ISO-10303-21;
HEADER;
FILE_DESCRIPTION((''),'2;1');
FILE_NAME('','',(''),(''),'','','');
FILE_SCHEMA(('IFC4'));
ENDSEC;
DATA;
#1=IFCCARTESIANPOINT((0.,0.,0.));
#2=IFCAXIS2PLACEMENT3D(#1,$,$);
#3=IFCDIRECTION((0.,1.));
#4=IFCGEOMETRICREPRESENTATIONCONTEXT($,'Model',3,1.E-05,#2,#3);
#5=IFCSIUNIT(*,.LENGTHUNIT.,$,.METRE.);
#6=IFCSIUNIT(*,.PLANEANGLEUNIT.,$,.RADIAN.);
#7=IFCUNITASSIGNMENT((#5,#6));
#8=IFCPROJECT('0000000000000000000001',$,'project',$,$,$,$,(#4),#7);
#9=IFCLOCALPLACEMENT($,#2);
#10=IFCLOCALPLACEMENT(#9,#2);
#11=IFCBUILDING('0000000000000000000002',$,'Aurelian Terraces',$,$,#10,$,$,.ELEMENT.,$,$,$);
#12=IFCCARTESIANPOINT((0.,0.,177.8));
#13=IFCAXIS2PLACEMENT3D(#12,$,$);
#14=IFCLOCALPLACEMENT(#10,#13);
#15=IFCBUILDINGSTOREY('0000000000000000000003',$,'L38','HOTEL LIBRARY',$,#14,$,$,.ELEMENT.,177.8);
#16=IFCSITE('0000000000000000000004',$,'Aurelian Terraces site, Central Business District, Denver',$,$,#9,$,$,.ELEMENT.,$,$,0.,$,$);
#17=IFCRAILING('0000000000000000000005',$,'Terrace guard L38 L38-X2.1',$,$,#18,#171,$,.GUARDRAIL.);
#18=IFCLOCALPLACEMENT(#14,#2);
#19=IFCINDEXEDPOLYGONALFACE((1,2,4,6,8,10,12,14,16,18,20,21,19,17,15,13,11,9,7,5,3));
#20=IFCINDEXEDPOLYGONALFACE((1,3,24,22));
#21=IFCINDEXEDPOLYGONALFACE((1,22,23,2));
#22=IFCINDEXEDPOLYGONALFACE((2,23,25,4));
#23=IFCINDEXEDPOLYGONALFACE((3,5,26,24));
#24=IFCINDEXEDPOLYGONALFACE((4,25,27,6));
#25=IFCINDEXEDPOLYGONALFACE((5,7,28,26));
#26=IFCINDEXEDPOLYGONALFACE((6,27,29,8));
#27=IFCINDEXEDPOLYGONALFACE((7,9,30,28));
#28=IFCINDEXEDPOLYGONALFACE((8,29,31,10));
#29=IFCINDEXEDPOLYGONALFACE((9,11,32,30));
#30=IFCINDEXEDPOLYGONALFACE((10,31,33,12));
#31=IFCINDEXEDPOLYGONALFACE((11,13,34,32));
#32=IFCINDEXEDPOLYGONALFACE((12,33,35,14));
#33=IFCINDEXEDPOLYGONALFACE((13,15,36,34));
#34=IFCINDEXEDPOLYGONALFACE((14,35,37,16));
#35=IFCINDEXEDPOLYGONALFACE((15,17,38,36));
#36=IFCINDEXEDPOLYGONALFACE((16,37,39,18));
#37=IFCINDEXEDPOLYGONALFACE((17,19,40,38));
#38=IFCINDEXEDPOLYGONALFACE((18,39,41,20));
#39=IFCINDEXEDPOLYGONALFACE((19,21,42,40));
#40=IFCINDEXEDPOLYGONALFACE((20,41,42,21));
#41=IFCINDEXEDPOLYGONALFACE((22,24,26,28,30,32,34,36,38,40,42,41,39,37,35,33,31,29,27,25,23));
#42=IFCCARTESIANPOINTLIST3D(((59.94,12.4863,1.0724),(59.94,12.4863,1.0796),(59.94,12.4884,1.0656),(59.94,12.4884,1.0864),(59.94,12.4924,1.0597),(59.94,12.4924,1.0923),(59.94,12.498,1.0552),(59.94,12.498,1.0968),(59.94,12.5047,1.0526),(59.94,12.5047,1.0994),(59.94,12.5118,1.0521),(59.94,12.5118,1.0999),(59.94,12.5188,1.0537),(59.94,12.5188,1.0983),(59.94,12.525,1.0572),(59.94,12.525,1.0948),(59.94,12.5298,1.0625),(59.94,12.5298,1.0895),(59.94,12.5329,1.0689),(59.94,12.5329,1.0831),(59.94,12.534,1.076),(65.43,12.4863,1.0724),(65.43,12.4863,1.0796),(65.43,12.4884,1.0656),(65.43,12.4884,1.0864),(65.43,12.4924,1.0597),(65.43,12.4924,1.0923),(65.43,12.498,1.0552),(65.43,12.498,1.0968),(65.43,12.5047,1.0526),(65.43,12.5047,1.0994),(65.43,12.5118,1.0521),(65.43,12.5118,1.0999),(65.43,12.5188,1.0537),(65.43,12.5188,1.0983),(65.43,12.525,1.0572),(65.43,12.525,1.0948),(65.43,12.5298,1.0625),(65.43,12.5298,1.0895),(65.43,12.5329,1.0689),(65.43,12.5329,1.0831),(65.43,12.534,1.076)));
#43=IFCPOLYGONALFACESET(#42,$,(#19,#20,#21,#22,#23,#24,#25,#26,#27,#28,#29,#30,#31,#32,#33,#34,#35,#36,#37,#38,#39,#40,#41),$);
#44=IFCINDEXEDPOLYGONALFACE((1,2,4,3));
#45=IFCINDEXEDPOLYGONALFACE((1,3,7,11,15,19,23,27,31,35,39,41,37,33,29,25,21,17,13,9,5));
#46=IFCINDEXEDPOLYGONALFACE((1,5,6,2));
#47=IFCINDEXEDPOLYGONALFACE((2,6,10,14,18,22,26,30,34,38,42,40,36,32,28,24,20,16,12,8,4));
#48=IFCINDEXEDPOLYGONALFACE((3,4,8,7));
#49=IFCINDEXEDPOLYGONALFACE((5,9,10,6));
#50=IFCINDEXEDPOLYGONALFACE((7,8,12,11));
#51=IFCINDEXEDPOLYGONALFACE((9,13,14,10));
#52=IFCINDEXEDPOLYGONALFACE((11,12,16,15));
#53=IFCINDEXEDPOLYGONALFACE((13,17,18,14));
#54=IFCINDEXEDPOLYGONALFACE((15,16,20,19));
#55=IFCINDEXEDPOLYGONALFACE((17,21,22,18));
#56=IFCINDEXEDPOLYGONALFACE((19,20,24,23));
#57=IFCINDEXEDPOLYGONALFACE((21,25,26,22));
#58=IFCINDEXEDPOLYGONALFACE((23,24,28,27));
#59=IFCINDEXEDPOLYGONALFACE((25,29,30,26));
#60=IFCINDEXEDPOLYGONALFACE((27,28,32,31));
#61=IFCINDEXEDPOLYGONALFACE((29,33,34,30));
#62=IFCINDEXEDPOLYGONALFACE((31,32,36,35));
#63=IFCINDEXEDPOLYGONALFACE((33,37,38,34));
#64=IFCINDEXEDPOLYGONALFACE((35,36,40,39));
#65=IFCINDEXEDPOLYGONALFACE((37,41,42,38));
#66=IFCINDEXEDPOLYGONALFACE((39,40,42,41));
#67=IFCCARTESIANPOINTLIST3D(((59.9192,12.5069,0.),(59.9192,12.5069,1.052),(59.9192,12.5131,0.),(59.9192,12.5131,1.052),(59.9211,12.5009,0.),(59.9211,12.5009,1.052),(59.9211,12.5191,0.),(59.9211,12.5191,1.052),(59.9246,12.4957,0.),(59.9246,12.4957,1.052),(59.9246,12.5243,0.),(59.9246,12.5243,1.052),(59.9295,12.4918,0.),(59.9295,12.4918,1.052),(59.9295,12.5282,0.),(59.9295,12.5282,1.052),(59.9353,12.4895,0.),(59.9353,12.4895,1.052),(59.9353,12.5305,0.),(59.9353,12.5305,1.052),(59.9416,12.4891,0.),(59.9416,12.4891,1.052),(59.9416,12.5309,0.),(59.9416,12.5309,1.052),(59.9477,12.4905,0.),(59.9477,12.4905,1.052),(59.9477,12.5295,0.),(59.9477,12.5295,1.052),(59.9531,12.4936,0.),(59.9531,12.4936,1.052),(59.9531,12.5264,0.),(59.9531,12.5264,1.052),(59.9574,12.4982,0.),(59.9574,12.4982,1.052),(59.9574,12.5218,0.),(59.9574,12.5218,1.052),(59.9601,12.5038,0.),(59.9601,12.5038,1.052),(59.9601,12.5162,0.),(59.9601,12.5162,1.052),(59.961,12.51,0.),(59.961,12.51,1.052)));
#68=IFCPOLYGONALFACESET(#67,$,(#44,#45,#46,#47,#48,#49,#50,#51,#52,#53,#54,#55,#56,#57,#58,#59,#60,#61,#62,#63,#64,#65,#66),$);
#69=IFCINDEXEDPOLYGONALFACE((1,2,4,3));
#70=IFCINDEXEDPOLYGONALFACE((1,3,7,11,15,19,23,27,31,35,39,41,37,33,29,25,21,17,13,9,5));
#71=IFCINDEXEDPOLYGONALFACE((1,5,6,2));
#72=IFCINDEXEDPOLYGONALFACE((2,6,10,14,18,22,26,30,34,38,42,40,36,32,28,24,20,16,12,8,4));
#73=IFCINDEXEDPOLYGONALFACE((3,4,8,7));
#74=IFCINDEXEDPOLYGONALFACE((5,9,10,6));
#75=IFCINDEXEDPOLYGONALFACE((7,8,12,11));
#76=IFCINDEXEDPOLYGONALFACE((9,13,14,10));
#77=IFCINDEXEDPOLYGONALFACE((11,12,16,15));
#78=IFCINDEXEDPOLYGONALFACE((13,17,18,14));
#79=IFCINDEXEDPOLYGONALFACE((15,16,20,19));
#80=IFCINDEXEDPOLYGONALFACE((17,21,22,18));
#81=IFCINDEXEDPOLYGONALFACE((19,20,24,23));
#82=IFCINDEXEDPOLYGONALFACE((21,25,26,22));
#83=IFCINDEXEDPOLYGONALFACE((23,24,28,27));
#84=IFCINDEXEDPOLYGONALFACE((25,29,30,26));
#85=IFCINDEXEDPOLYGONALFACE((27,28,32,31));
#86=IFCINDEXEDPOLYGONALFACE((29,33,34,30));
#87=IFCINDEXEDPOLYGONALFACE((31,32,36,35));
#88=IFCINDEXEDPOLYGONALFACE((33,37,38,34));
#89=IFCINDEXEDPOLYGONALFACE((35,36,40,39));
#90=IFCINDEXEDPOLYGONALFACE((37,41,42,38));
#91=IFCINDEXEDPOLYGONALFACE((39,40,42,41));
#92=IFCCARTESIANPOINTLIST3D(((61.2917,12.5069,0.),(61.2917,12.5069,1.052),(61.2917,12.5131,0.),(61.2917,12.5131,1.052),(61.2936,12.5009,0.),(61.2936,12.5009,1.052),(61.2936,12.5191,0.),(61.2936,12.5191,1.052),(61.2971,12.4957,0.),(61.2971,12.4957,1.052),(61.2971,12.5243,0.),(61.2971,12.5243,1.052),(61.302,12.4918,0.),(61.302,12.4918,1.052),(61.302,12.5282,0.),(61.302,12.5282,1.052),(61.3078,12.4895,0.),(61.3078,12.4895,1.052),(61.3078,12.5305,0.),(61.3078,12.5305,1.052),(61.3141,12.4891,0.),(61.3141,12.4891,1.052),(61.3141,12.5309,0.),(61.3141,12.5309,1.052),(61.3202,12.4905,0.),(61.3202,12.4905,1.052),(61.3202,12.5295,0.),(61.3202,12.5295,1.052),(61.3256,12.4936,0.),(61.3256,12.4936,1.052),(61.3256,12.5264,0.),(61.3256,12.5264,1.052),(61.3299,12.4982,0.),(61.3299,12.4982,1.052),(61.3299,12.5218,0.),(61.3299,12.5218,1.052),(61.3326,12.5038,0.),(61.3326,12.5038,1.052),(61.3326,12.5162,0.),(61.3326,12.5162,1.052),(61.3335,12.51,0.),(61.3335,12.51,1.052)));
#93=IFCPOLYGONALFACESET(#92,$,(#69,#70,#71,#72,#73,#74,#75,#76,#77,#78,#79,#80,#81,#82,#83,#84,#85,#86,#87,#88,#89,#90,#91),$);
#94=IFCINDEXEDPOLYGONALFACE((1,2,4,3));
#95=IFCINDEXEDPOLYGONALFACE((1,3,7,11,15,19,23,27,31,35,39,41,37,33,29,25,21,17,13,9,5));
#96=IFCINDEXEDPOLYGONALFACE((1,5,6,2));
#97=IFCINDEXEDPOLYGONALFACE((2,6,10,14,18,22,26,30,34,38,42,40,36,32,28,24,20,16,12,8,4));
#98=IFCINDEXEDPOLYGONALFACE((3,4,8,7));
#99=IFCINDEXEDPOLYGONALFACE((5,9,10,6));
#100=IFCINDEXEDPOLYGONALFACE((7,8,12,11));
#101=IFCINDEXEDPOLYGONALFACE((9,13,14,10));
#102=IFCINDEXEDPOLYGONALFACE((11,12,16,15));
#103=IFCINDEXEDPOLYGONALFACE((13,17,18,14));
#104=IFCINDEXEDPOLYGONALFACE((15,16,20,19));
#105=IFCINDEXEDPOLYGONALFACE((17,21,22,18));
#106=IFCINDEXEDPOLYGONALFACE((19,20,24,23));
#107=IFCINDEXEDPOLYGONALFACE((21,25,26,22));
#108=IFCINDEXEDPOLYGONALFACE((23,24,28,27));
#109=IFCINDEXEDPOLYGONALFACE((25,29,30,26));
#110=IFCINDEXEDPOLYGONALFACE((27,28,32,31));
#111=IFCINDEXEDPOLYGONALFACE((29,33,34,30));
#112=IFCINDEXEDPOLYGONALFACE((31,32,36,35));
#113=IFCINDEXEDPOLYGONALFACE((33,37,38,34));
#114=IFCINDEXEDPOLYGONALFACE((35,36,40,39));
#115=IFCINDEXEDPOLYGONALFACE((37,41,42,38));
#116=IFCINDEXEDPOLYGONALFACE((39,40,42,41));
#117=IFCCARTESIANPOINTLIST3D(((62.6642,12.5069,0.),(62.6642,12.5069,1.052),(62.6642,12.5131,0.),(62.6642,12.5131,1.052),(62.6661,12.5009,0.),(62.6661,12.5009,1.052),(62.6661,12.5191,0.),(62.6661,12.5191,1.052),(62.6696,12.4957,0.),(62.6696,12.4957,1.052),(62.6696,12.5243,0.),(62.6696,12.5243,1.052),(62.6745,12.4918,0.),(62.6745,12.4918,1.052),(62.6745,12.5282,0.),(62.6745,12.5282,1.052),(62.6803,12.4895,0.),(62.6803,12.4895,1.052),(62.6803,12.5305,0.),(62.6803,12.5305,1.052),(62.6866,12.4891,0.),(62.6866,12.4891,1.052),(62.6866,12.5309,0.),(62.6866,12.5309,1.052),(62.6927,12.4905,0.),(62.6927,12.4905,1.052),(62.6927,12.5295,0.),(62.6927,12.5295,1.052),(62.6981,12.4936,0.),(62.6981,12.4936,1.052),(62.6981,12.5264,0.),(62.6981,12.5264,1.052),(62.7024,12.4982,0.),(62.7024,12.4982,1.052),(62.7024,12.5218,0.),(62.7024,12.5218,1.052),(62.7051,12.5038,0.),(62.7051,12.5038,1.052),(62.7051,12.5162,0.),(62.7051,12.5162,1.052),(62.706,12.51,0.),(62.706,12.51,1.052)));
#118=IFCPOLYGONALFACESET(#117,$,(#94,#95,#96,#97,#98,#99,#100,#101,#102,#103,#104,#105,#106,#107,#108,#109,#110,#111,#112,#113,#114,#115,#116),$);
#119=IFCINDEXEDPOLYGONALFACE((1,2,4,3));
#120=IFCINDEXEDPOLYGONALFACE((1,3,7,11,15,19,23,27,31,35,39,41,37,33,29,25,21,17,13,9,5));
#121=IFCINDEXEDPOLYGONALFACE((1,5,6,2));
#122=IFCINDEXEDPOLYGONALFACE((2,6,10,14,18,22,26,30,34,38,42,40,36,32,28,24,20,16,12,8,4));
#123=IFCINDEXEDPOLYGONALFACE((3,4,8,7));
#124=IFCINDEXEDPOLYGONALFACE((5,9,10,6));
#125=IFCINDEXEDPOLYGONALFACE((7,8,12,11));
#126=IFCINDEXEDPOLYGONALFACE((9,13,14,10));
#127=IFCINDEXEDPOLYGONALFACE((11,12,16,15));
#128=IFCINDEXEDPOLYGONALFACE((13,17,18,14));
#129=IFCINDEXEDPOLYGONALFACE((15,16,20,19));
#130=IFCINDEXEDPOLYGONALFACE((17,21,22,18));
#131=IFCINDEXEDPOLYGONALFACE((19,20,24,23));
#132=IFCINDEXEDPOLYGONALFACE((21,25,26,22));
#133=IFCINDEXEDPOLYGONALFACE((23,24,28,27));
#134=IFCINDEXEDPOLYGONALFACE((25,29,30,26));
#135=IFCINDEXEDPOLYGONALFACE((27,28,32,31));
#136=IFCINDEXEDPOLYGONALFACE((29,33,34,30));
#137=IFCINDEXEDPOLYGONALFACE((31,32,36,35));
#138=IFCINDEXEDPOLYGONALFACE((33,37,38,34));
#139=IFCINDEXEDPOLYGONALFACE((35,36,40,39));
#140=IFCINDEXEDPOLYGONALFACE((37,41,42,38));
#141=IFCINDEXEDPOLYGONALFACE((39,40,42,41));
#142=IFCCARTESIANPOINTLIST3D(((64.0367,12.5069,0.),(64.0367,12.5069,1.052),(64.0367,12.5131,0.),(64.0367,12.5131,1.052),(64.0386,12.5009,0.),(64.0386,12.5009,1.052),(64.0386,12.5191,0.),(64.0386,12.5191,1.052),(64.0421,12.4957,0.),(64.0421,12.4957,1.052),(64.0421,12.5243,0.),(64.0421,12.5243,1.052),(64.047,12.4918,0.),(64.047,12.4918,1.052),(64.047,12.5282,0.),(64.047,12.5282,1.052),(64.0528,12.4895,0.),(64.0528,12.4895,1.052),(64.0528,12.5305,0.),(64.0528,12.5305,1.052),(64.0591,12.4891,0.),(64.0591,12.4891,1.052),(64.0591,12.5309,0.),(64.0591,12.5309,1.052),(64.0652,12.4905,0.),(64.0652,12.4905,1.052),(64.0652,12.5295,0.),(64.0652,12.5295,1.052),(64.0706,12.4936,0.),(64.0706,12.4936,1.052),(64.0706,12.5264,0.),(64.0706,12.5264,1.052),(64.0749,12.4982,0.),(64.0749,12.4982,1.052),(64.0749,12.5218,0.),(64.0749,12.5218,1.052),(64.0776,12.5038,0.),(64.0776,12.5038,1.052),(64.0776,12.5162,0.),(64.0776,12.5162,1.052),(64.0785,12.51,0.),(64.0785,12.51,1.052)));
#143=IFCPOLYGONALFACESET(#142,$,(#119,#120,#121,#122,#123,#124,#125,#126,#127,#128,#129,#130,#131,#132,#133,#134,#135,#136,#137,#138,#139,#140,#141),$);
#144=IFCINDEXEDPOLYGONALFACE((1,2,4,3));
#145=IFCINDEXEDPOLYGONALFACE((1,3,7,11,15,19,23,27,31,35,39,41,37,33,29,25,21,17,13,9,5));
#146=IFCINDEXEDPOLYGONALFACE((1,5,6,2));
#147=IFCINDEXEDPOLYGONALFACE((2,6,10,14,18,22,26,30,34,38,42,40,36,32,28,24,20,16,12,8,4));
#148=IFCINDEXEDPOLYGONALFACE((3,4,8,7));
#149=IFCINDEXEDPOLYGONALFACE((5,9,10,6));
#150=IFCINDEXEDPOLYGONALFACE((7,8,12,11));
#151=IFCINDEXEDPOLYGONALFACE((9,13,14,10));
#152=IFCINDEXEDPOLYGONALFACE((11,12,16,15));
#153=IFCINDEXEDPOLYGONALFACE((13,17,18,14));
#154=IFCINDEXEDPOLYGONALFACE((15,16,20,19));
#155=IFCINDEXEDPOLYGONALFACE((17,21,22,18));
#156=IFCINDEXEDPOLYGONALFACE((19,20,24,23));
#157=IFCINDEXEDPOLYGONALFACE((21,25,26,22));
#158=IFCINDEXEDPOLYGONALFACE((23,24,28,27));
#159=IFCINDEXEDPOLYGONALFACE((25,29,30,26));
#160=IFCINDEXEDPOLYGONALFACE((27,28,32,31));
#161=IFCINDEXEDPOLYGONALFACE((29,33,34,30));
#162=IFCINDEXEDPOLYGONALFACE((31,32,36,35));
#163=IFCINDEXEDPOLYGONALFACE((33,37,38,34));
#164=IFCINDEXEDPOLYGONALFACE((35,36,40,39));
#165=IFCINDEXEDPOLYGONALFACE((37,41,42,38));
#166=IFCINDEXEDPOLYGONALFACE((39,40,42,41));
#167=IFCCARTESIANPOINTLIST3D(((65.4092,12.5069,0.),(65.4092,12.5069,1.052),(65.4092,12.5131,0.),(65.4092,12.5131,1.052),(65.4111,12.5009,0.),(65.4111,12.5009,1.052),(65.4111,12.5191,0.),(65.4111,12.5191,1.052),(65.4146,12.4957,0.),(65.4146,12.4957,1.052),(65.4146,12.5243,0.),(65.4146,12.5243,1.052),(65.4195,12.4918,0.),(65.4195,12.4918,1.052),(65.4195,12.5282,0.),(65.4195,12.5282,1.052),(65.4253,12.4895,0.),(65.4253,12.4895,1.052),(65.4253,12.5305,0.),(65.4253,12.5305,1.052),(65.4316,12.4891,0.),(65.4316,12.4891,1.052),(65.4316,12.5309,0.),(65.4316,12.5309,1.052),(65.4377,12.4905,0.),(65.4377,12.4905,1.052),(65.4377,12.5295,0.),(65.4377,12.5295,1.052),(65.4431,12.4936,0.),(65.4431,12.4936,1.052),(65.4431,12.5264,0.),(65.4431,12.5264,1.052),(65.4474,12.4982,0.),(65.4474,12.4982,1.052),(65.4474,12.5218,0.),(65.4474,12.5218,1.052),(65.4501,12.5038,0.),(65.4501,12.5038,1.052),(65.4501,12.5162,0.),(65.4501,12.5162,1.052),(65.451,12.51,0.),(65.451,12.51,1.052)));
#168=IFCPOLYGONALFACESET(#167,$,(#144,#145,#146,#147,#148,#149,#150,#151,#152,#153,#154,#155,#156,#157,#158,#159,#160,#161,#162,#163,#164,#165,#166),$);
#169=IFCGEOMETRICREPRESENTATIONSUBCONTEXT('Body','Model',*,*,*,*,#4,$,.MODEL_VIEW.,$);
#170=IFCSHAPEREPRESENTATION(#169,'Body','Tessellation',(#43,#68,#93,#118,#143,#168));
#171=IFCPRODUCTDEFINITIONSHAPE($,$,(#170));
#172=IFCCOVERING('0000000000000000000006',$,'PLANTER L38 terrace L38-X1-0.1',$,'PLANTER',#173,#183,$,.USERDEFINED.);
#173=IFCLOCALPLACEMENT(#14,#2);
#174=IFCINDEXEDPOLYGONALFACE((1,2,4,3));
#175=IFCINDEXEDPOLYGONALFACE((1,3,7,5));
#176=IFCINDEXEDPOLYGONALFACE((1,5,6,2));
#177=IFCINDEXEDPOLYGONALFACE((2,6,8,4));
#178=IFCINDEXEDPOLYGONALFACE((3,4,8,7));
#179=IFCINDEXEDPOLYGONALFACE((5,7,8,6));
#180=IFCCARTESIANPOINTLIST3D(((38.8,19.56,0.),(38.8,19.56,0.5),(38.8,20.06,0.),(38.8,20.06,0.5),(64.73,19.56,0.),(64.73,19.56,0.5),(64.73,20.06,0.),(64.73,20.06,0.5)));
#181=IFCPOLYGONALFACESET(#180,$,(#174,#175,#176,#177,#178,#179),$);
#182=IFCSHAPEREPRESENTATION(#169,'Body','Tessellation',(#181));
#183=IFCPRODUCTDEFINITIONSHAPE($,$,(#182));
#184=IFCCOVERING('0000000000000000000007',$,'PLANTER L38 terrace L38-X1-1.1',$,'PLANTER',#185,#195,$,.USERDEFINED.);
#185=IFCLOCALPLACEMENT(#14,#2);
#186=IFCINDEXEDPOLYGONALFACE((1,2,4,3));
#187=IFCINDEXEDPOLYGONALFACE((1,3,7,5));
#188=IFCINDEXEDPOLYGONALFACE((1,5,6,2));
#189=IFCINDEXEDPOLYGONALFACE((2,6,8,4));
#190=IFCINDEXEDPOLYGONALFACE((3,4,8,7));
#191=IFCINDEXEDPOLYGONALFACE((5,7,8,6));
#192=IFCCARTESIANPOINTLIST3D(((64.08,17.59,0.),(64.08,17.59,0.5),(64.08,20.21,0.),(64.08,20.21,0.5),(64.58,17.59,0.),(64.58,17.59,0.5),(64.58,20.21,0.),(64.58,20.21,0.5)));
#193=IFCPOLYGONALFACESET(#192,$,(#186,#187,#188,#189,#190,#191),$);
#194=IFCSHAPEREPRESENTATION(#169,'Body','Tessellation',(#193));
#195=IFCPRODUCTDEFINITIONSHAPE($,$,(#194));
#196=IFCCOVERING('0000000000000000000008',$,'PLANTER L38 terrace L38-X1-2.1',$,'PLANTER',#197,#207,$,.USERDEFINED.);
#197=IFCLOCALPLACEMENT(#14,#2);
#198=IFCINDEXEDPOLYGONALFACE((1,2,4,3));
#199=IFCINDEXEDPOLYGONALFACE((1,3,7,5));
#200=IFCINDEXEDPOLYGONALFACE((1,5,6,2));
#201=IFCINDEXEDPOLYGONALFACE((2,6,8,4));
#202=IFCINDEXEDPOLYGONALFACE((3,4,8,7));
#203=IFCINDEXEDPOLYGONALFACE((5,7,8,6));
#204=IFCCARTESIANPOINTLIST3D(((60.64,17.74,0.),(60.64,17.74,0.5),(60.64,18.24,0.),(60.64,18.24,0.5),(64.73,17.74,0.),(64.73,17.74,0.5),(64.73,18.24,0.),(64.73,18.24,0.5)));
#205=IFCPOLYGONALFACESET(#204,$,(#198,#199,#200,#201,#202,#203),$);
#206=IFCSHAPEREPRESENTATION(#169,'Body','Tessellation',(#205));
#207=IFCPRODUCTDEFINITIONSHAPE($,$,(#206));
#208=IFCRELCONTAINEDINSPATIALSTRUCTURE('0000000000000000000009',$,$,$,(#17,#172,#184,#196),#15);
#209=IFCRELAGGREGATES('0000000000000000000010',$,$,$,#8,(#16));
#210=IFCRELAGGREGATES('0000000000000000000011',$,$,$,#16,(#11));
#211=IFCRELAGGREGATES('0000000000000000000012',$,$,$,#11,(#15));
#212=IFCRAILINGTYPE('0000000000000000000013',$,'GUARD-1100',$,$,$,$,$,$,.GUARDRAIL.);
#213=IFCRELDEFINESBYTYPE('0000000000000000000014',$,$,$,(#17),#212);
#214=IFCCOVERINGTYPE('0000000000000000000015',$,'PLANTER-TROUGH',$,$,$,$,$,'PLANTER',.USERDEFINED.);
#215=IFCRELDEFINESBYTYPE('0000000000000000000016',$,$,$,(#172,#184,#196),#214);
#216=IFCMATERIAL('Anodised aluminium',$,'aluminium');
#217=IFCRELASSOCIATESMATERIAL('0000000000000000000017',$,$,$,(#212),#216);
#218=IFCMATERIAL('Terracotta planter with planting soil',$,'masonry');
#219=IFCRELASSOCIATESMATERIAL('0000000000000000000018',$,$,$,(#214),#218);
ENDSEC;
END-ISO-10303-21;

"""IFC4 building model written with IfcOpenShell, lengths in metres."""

from ifc_helpers import new_model, si_unit, direction, frame, origin, origin_2d, place, context, subcontext, project, spatial, rectangle, circle, extrude, material, type_object, element, save


model = new_model("IFC4")

# Units and contexts
model_context = context("Model", 3, precision=1e-05, world=origin(), true_north=direction((0.0, 1.0)))
body_context = subcontext(model_context, "Body", "Model", "MODEL_VIEW")
ifc_project = project(units=[si_unit("LENGTHUNIT", "METRE"), si_unit("PLANEANGLEUNIT", "RADIAN")], contexts=[model_context])

# Site, building, storey
site_placement = place(None, origin())
site = spatial("IfcSite", under=ifc_project, at=site_placement, Name="Aurelian Terraces site, Central Business District, Denver", CompositionType="ELEMENT", RefElevation=0.0)
building_placement = place(site_placement, origin())
building = spatial("IfcBuilding", under=site, at=building_placement, Name="Aurelian Terraces", CompositionType="ELEMENT")
storey_placement = place(building_placement, frame((0.0, 0.0, 177.8)))
storey = spatial("IfcBuildingStorey", under=building, at=storey_placement, Name="L38", Description="HOTEL LIBRARY", CompositionType="ELEMENT", Elevation=177.8)

# Railing
ifc_material_1 = material(Name="Anodised aluminium", Category="aluminium")
railing_type = type_object("IfcRailingType", Name="GUARD-1100", PredefinedType="GUARDRAIL", material=ifc_material_1)
railing_1_placement = place(storey_placement, frame((59.94, 12.51, 0.0)))
element("IfcRailing", 1, at=railing_1_placement, inside=storey, type_object=railing_type, Name="Terrace guard L38 L38-X2.1", PredefinedType="GUARDRAIL", context=body_context, shape_type="SweptSolid", body=[
    extrude(circle(Radius=0.024, at=origin_2d()), frame((0.0, 0.0, 1.076), z_axis=(1.0, 0.0, 0.0), x_axis=(0.0, 1.0, 0.0)), (0.0, 0.0, 1.0), 5.49),
    extrude(circle(Radius=0.021, at=origin_2d()), origin(), (0.0, 0.0, 1.0), 1.052),
    extrude(circle(Radius=0.021, at=origin_2d()), frame((1.3725, 0.0, 0.0)), (0.0, 0.0, 1.0), 1.052),
    extrude(circle(Radius=0.021, at=origin_2d()), frame((2.745, 0.0, 0.0)), (0.0, 0.0, 1.0), 1.052),
    extrude(circle(Radius=0.021, at=origin_2d()), frame((4.1175, 0.0, 0.0)), (0.0, 0.0, 1.0), 1.052),
    extrude(circle(Radius=0.021, at=origin_2d()), frame((5.49, 0.0, 0.0)), (0.0, 0.0, 1.0), 1.052),
])

# Coverings
ifc_material_2 = material(Name="Terracotta planter with planting soil", Category="masonry")
covering_type = type_object("IfcCoveringType", Name="PLANTER-TROUGH", ElementType="PLANTER", PredefinedType="USERDEFINED", material=ifc_material_2)
covering_1_placement = place(storey_placement, frame((51.765, 19.81, 0.0), z_axis=(0.0, 0.0, 1.0), x_axis=(1.0, 0.0, 0.0)))
element("IfcCovering", 2, at=covering_1_placement, inside=storey, type_object=covering_type, Name="PLANTER L38 terrace L38-X1-0.1", ObjectType="PLANTER", PredefinedType="USERDEFINED", context=body_context, shape_type="SweptSolid", body=[
    extrude(rectangle(XDim=25.93, YDim=0.5, at=origin_2d()), origin(), (0.0, 0.0, 1.0), 0.5),
])
covering_2_placement = place(storey_placement, frame((64.33, 18.9, 0.0), z_axis=(0.0, 0.0, 1.0), x_axis=(1.0, 0.0, 0.0)))
element("IfcCovering", 3, at=covering_2_placement, inside=storey, type_object=covering_type, Name="PLANTER L38 terrace L38-X1-1.1", ObjectType="PLANTER", PredefinedType="USERDEFINED", context=body_context, shape_type="SweptSolid", body=[
    extrude(rectangle(XDim=0.5, YDim=2.62, at=origin_2d()), origin(), (0.0, 0.0, 1.0), 0.5),
])
covering_3_placement = place(storey_placement, frame((62.685, 17.99, 0.0), z_axis=(0.0, 0.0, 1.0), x_axis=(1.0, 0.0, 0.0)))
element("IfcCovering", 4, at=covering_3_placement, inside=storey, type_object=covering_type, Name="PLANTER L38 terrace L38-X1-2.1", ObjectType="PLANTER", PredefinedType="USERDEFINED", context=body_context, shape_type="SweptSolid", body=[
    extrude(rectangle(XDim=4.09, YDim=0.5, at=origin_2d()), origin(), (0.0, 0.0, 1.0), 0.5),
])

save(model, "model.ifc")
